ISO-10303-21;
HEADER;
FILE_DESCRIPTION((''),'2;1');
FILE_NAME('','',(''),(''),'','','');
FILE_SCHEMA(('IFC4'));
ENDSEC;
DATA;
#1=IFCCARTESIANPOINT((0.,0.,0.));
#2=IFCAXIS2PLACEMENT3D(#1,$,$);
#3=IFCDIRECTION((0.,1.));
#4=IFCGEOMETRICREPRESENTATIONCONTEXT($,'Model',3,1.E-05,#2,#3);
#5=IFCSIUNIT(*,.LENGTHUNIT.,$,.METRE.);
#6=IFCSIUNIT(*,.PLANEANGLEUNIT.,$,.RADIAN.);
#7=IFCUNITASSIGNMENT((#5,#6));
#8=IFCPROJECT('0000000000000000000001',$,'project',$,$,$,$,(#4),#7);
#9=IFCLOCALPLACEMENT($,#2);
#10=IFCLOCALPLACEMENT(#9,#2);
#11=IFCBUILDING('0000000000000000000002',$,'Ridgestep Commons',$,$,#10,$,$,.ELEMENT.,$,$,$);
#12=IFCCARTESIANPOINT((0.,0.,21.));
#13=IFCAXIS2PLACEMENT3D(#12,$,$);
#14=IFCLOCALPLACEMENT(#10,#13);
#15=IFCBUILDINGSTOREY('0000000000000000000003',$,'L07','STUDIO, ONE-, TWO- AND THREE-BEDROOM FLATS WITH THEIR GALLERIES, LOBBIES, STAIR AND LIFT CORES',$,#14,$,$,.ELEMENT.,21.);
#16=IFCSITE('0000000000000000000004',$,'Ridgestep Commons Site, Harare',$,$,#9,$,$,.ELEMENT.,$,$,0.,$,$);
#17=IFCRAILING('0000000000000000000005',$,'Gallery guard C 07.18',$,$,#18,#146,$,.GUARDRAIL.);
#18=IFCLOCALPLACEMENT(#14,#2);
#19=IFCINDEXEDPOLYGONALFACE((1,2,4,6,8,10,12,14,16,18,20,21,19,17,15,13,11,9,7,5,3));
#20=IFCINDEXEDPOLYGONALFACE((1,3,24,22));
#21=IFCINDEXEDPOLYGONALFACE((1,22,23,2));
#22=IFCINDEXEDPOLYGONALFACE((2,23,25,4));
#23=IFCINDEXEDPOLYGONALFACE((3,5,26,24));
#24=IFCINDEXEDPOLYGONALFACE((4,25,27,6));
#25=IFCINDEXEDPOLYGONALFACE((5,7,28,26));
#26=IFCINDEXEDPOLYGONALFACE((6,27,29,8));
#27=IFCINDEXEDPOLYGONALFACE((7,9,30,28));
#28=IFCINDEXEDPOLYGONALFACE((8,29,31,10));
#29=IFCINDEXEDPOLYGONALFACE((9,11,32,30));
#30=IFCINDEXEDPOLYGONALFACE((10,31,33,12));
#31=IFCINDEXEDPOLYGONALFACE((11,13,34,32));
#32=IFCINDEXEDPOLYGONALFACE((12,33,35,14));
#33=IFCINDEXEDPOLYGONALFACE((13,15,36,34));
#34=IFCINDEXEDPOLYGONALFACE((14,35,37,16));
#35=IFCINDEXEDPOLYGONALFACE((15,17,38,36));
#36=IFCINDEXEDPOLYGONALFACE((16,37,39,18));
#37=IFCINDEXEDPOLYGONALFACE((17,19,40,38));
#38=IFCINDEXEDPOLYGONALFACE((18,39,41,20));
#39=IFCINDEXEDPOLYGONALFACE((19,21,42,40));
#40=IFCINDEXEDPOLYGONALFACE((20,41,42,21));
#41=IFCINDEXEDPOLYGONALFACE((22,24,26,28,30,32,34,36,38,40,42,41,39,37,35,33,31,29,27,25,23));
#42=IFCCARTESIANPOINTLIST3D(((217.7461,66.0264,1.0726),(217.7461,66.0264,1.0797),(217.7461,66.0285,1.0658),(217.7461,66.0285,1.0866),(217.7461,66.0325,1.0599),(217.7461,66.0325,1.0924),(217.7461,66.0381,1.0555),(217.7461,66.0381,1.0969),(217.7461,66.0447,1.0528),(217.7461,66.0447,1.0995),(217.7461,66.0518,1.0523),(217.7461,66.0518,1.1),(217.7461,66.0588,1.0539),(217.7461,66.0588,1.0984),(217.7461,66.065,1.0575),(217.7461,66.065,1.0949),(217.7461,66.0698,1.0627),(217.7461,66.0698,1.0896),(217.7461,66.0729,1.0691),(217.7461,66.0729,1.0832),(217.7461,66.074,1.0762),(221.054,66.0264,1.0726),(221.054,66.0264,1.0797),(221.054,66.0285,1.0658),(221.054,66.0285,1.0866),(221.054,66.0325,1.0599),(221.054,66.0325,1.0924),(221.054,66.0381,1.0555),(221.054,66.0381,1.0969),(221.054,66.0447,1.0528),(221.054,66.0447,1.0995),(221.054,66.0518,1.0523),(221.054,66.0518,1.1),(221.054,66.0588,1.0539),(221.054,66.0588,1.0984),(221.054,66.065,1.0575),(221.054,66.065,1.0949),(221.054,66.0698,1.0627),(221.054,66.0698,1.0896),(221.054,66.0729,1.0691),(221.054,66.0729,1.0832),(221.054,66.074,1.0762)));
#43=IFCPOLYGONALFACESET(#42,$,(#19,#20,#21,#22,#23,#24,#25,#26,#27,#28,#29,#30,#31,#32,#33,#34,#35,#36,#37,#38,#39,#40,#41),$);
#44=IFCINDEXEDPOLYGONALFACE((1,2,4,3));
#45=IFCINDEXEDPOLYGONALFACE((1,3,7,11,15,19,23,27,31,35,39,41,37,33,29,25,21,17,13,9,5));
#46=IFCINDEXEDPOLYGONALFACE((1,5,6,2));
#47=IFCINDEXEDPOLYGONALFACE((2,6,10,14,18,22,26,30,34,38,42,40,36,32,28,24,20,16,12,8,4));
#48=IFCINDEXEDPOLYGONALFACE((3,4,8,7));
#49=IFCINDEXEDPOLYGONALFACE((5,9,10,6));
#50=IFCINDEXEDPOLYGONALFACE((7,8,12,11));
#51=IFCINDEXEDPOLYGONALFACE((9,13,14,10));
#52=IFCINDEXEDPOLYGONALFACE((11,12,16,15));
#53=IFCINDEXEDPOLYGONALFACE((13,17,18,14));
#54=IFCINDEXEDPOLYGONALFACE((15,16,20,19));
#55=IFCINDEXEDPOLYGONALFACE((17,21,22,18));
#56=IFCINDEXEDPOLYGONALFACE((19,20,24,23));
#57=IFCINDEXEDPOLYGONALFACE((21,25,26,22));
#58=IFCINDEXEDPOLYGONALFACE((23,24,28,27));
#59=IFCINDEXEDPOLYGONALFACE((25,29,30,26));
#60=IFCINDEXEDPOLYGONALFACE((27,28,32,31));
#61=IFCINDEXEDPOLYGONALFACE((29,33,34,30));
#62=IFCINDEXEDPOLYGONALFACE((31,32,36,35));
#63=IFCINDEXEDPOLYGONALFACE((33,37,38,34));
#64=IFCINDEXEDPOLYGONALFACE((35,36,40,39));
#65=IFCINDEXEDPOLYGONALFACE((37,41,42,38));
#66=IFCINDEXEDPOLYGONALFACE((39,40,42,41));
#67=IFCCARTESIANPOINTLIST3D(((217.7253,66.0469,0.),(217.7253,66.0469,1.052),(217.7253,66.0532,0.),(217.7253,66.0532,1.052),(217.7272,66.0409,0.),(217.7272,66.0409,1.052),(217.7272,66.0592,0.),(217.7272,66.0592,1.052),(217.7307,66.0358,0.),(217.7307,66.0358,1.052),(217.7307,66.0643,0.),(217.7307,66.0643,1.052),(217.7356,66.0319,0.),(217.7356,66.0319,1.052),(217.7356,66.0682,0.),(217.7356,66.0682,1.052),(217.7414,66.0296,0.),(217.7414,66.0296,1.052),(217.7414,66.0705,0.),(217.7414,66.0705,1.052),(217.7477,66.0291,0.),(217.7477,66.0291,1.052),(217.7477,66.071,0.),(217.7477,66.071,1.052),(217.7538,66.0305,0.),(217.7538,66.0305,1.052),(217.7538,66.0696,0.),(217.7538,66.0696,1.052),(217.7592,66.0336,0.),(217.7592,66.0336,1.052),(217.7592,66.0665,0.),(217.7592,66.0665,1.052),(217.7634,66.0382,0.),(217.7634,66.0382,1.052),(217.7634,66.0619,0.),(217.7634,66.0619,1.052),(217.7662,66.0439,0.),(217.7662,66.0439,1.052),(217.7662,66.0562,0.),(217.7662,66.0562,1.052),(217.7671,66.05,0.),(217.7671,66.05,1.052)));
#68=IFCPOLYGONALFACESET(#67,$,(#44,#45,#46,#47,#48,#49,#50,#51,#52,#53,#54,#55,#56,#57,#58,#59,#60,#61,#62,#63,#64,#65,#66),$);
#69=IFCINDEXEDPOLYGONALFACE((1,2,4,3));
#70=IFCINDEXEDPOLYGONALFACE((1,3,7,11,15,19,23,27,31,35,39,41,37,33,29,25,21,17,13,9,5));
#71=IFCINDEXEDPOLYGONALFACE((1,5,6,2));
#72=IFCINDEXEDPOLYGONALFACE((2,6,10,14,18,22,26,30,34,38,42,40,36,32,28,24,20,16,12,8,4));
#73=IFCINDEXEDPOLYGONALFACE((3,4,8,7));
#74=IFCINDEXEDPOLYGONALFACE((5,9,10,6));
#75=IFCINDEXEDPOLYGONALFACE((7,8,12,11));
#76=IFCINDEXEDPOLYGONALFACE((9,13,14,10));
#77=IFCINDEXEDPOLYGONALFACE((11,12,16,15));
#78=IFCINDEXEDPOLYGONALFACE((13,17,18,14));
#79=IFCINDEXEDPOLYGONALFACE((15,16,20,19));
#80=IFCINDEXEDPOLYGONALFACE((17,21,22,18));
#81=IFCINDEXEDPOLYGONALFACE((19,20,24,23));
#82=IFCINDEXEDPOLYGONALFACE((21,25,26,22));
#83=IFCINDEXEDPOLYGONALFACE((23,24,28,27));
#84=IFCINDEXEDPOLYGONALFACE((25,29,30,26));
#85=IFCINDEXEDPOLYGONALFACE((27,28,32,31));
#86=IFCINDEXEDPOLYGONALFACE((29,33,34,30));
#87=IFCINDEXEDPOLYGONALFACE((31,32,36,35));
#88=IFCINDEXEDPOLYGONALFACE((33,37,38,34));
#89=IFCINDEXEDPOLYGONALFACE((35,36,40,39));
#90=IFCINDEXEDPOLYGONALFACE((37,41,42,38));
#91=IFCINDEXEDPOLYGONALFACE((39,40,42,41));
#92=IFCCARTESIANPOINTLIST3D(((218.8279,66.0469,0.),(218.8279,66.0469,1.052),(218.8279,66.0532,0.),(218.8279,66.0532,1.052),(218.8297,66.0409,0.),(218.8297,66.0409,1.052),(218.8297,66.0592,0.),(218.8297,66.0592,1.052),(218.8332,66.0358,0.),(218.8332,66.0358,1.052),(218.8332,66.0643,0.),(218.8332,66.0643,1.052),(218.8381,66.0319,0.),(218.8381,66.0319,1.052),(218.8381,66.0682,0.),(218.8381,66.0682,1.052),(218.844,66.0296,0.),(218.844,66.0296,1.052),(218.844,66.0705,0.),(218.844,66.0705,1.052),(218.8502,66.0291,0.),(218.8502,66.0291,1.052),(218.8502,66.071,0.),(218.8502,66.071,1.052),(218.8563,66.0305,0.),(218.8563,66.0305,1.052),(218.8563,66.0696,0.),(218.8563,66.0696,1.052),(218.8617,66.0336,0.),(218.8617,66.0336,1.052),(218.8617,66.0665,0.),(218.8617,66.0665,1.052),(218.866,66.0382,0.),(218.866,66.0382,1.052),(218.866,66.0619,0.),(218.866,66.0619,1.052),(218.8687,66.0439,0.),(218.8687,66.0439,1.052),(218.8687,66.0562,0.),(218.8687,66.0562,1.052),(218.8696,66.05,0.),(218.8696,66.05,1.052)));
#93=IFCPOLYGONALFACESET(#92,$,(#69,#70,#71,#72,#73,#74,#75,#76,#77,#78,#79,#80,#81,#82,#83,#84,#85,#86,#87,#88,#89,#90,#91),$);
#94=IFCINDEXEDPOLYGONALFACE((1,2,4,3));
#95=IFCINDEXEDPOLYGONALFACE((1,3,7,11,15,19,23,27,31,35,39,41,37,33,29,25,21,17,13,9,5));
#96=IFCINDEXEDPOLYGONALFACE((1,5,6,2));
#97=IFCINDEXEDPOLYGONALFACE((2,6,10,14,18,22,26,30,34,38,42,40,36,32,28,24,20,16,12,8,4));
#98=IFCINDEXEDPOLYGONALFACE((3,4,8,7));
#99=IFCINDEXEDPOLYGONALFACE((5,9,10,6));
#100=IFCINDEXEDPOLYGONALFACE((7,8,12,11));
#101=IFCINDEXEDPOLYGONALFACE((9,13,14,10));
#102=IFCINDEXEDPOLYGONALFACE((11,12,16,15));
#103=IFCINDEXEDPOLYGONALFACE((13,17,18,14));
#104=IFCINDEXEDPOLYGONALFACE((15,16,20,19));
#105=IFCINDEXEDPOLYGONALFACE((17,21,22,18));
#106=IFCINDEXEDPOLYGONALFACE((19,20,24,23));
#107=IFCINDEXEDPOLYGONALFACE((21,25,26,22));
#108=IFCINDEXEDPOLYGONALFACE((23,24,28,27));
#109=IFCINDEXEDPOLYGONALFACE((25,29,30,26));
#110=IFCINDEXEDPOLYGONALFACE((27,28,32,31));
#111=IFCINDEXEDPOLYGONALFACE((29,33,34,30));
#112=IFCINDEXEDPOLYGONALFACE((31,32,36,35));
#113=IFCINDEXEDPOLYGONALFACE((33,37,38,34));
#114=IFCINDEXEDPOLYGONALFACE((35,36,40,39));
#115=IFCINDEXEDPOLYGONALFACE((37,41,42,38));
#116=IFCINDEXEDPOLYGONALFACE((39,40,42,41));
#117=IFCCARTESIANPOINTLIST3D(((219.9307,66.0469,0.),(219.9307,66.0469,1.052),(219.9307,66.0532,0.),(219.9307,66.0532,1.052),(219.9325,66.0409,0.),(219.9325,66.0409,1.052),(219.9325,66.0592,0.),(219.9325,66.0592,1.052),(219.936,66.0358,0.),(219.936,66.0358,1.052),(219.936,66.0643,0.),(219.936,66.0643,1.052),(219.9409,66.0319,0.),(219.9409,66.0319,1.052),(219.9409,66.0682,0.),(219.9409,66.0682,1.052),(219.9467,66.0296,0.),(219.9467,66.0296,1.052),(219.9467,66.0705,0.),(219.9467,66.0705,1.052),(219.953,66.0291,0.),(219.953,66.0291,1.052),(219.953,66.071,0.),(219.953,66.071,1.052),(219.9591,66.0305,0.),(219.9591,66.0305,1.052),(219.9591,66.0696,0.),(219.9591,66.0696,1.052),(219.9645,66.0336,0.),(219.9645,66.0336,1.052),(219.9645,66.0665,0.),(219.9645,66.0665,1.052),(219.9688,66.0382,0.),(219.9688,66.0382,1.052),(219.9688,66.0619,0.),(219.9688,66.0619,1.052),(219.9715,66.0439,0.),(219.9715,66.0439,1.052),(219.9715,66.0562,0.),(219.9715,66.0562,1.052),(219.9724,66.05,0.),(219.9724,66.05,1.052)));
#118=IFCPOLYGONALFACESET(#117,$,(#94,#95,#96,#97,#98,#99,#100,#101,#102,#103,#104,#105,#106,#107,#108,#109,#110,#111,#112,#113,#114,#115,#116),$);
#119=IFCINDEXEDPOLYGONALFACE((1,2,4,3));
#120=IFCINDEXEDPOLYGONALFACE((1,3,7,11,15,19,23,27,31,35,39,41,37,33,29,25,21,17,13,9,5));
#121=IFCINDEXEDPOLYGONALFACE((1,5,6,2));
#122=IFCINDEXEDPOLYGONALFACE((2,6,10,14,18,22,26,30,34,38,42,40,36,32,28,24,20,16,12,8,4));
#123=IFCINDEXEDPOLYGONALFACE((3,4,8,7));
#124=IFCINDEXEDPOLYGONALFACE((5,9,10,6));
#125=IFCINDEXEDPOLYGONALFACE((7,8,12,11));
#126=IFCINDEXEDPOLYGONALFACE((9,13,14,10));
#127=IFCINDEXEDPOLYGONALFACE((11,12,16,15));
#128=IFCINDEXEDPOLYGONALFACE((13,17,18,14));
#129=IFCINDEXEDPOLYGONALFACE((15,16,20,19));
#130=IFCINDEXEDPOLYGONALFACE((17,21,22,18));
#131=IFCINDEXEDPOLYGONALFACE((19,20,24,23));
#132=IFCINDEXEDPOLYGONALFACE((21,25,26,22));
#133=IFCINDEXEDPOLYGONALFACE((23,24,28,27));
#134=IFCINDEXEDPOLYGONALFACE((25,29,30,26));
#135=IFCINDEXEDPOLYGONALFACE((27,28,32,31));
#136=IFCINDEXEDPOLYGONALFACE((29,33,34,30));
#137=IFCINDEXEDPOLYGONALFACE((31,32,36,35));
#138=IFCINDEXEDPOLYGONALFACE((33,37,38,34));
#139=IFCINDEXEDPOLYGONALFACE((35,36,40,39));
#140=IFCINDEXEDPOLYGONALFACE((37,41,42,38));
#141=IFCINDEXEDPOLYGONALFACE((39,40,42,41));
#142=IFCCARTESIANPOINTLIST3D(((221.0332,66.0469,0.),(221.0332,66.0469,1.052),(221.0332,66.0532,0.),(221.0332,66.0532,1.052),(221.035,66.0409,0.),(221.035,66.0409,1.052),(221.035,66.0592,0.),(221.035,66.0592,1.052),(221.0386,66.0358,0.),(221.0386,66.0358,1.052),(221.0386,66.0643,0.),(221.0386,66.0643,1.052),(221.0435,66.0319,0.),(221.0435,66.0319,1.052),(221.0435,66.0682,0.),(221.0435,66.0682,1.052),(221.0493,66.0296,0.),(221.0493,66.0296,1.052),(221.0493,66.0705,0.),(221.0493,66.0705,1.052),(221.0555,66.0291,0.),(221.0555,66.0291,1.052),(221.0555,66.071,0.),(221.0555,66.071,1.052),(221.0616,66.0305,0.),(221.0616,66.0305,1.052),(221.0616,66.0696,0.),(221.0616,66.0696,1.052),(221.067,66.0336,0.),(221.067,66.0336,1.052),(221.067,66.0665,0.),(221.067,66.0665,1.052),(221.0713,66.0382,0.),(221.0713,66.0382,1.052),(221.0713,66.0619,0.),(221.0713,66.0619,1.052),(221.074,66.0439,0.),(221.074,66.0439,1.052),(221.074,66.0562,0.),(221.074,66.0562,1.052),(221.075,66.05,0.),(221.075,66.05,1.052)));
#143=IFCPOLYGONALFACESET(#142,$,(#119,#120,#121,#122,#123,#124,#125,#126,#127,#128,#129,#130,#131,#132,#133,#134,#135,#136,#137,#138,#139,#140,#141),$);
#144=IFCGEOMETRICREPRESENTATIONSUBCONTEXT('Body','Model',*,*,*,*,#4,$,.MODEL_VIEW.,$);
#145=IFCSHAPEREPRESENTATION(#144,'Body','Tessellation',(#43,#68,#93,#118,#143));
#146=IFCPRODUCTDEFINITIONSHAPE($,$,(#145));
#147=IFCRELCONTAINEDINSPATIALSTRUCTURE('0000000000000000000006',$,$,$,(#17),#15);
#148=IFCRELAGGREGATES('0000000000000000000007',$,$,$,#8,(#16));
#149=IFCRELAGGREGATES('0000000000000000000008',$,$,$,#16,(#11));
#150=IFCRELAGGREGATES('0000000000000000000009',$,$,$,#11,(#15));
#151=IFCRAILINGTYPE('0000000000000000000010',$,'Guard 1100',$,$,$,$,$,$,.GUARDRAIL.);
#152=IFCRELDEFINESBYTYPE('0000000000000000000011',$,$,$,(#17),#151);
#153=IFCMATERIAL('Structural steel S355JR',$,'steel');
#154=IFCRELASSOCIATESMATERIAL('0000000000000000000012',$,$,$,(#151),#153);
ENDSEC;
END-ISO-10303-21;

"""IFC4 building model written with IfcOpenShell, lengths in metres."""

from ifc_helpers import new_model, si_unit, direction, frame, origin, origin_2d, place, context, subcontext, project, spatial, circle, extrude, material, type_object, element, save


model = new_model("IFC4")

# Units and contexts
model_context = context("Model", 3, precision=1e-05, world=origin(), true_north=direction((0.0, 1.0)))
body_context = subcontext(model_context, "Body", "Model", "MODEL_VIEW")
ifc_project = project(units=[si_unit("LENGTHUNIT", "METRE"), si_unit("PLANEANGLEUNIT", "RADIAN")], contexts=[model_context])

# Site, building, storey
site_placement = place(None, origin())
site = spatial("IfcSite", under=ifc_project, at=site_placement, Name="Ridgestep Commons Site, Harare", CompositionType="ELEMENT", RefElevation=0.0)
building_placement = place(site_placement, origin())
building = spatial("IfcBuilding", under=site, at=building_placement, Name="Ridgestep Commons", CompositionType="ELEMENT")
storey_placement = place(building_placement, frame((0.0, 0.0, 21.0)))
storey = spatial("IfcBuildingStorey", under=building, at=storey_placement, Name="L07", Description="STUDIO, ONE-, TWO- AND THREE-BEDROOM FLATS WITH THEIR GALLERIES, LOBBIES, STAIR AND LIFT CORES", CompositionType="ELEMENT", Elevation=21.0)

# Railing
ifc_material_1 = material(Name="Structural steel S355JR", Category="steel")
railing_type = type_object("IfcRailingType", Name="Guard 1100", PredefinedType="GUARDRAIL", material=ifc_material_1)
railing_1_placement = place(storey_placement, frame((217.7461, 66.05, 0.0)))
element("IfcRailing", 1, at=railing_1_placement, inside=storey, type_object=railing_type, Name="Gallery guard C 07.18", PredefinedType="GUARDRAIL", context=body_context, shape_type="SweptSolid", body=[
    extrude(circle(Radius=0.0239, at=origin_2d()), frame((0.0, 0.0, 1.0762), z_axis=(1.0, 0.0, 0.0), x_axis=(0.0, 1.0, 0.0)), (0.0, 0.0, 1.0), 3.3079),
    extrude(circle(Radius=0.021, at=origin_2d()), origin(), (0.0, 0.0, 1.0), 1.052),
    extrude(circle(Radius=0.021, at=origin_2d()), frame((1.1025, 0.0, 0.0)), (0.0, 0.0, 1.0), 1.052),
    extrude(circle(Radius=0.021, at=origin_2d()), frame((2.2053, 0.0, 0.0)), (0.0, 0.0, 1.0), 1.052),
    extrude(circle(Radius=0.021, at=origin_2d()), frame((3.3079, 0.0, 0.0)), (0.0, 0.0, 1.0), 1.052),
])

save(model, "model.ifc")
